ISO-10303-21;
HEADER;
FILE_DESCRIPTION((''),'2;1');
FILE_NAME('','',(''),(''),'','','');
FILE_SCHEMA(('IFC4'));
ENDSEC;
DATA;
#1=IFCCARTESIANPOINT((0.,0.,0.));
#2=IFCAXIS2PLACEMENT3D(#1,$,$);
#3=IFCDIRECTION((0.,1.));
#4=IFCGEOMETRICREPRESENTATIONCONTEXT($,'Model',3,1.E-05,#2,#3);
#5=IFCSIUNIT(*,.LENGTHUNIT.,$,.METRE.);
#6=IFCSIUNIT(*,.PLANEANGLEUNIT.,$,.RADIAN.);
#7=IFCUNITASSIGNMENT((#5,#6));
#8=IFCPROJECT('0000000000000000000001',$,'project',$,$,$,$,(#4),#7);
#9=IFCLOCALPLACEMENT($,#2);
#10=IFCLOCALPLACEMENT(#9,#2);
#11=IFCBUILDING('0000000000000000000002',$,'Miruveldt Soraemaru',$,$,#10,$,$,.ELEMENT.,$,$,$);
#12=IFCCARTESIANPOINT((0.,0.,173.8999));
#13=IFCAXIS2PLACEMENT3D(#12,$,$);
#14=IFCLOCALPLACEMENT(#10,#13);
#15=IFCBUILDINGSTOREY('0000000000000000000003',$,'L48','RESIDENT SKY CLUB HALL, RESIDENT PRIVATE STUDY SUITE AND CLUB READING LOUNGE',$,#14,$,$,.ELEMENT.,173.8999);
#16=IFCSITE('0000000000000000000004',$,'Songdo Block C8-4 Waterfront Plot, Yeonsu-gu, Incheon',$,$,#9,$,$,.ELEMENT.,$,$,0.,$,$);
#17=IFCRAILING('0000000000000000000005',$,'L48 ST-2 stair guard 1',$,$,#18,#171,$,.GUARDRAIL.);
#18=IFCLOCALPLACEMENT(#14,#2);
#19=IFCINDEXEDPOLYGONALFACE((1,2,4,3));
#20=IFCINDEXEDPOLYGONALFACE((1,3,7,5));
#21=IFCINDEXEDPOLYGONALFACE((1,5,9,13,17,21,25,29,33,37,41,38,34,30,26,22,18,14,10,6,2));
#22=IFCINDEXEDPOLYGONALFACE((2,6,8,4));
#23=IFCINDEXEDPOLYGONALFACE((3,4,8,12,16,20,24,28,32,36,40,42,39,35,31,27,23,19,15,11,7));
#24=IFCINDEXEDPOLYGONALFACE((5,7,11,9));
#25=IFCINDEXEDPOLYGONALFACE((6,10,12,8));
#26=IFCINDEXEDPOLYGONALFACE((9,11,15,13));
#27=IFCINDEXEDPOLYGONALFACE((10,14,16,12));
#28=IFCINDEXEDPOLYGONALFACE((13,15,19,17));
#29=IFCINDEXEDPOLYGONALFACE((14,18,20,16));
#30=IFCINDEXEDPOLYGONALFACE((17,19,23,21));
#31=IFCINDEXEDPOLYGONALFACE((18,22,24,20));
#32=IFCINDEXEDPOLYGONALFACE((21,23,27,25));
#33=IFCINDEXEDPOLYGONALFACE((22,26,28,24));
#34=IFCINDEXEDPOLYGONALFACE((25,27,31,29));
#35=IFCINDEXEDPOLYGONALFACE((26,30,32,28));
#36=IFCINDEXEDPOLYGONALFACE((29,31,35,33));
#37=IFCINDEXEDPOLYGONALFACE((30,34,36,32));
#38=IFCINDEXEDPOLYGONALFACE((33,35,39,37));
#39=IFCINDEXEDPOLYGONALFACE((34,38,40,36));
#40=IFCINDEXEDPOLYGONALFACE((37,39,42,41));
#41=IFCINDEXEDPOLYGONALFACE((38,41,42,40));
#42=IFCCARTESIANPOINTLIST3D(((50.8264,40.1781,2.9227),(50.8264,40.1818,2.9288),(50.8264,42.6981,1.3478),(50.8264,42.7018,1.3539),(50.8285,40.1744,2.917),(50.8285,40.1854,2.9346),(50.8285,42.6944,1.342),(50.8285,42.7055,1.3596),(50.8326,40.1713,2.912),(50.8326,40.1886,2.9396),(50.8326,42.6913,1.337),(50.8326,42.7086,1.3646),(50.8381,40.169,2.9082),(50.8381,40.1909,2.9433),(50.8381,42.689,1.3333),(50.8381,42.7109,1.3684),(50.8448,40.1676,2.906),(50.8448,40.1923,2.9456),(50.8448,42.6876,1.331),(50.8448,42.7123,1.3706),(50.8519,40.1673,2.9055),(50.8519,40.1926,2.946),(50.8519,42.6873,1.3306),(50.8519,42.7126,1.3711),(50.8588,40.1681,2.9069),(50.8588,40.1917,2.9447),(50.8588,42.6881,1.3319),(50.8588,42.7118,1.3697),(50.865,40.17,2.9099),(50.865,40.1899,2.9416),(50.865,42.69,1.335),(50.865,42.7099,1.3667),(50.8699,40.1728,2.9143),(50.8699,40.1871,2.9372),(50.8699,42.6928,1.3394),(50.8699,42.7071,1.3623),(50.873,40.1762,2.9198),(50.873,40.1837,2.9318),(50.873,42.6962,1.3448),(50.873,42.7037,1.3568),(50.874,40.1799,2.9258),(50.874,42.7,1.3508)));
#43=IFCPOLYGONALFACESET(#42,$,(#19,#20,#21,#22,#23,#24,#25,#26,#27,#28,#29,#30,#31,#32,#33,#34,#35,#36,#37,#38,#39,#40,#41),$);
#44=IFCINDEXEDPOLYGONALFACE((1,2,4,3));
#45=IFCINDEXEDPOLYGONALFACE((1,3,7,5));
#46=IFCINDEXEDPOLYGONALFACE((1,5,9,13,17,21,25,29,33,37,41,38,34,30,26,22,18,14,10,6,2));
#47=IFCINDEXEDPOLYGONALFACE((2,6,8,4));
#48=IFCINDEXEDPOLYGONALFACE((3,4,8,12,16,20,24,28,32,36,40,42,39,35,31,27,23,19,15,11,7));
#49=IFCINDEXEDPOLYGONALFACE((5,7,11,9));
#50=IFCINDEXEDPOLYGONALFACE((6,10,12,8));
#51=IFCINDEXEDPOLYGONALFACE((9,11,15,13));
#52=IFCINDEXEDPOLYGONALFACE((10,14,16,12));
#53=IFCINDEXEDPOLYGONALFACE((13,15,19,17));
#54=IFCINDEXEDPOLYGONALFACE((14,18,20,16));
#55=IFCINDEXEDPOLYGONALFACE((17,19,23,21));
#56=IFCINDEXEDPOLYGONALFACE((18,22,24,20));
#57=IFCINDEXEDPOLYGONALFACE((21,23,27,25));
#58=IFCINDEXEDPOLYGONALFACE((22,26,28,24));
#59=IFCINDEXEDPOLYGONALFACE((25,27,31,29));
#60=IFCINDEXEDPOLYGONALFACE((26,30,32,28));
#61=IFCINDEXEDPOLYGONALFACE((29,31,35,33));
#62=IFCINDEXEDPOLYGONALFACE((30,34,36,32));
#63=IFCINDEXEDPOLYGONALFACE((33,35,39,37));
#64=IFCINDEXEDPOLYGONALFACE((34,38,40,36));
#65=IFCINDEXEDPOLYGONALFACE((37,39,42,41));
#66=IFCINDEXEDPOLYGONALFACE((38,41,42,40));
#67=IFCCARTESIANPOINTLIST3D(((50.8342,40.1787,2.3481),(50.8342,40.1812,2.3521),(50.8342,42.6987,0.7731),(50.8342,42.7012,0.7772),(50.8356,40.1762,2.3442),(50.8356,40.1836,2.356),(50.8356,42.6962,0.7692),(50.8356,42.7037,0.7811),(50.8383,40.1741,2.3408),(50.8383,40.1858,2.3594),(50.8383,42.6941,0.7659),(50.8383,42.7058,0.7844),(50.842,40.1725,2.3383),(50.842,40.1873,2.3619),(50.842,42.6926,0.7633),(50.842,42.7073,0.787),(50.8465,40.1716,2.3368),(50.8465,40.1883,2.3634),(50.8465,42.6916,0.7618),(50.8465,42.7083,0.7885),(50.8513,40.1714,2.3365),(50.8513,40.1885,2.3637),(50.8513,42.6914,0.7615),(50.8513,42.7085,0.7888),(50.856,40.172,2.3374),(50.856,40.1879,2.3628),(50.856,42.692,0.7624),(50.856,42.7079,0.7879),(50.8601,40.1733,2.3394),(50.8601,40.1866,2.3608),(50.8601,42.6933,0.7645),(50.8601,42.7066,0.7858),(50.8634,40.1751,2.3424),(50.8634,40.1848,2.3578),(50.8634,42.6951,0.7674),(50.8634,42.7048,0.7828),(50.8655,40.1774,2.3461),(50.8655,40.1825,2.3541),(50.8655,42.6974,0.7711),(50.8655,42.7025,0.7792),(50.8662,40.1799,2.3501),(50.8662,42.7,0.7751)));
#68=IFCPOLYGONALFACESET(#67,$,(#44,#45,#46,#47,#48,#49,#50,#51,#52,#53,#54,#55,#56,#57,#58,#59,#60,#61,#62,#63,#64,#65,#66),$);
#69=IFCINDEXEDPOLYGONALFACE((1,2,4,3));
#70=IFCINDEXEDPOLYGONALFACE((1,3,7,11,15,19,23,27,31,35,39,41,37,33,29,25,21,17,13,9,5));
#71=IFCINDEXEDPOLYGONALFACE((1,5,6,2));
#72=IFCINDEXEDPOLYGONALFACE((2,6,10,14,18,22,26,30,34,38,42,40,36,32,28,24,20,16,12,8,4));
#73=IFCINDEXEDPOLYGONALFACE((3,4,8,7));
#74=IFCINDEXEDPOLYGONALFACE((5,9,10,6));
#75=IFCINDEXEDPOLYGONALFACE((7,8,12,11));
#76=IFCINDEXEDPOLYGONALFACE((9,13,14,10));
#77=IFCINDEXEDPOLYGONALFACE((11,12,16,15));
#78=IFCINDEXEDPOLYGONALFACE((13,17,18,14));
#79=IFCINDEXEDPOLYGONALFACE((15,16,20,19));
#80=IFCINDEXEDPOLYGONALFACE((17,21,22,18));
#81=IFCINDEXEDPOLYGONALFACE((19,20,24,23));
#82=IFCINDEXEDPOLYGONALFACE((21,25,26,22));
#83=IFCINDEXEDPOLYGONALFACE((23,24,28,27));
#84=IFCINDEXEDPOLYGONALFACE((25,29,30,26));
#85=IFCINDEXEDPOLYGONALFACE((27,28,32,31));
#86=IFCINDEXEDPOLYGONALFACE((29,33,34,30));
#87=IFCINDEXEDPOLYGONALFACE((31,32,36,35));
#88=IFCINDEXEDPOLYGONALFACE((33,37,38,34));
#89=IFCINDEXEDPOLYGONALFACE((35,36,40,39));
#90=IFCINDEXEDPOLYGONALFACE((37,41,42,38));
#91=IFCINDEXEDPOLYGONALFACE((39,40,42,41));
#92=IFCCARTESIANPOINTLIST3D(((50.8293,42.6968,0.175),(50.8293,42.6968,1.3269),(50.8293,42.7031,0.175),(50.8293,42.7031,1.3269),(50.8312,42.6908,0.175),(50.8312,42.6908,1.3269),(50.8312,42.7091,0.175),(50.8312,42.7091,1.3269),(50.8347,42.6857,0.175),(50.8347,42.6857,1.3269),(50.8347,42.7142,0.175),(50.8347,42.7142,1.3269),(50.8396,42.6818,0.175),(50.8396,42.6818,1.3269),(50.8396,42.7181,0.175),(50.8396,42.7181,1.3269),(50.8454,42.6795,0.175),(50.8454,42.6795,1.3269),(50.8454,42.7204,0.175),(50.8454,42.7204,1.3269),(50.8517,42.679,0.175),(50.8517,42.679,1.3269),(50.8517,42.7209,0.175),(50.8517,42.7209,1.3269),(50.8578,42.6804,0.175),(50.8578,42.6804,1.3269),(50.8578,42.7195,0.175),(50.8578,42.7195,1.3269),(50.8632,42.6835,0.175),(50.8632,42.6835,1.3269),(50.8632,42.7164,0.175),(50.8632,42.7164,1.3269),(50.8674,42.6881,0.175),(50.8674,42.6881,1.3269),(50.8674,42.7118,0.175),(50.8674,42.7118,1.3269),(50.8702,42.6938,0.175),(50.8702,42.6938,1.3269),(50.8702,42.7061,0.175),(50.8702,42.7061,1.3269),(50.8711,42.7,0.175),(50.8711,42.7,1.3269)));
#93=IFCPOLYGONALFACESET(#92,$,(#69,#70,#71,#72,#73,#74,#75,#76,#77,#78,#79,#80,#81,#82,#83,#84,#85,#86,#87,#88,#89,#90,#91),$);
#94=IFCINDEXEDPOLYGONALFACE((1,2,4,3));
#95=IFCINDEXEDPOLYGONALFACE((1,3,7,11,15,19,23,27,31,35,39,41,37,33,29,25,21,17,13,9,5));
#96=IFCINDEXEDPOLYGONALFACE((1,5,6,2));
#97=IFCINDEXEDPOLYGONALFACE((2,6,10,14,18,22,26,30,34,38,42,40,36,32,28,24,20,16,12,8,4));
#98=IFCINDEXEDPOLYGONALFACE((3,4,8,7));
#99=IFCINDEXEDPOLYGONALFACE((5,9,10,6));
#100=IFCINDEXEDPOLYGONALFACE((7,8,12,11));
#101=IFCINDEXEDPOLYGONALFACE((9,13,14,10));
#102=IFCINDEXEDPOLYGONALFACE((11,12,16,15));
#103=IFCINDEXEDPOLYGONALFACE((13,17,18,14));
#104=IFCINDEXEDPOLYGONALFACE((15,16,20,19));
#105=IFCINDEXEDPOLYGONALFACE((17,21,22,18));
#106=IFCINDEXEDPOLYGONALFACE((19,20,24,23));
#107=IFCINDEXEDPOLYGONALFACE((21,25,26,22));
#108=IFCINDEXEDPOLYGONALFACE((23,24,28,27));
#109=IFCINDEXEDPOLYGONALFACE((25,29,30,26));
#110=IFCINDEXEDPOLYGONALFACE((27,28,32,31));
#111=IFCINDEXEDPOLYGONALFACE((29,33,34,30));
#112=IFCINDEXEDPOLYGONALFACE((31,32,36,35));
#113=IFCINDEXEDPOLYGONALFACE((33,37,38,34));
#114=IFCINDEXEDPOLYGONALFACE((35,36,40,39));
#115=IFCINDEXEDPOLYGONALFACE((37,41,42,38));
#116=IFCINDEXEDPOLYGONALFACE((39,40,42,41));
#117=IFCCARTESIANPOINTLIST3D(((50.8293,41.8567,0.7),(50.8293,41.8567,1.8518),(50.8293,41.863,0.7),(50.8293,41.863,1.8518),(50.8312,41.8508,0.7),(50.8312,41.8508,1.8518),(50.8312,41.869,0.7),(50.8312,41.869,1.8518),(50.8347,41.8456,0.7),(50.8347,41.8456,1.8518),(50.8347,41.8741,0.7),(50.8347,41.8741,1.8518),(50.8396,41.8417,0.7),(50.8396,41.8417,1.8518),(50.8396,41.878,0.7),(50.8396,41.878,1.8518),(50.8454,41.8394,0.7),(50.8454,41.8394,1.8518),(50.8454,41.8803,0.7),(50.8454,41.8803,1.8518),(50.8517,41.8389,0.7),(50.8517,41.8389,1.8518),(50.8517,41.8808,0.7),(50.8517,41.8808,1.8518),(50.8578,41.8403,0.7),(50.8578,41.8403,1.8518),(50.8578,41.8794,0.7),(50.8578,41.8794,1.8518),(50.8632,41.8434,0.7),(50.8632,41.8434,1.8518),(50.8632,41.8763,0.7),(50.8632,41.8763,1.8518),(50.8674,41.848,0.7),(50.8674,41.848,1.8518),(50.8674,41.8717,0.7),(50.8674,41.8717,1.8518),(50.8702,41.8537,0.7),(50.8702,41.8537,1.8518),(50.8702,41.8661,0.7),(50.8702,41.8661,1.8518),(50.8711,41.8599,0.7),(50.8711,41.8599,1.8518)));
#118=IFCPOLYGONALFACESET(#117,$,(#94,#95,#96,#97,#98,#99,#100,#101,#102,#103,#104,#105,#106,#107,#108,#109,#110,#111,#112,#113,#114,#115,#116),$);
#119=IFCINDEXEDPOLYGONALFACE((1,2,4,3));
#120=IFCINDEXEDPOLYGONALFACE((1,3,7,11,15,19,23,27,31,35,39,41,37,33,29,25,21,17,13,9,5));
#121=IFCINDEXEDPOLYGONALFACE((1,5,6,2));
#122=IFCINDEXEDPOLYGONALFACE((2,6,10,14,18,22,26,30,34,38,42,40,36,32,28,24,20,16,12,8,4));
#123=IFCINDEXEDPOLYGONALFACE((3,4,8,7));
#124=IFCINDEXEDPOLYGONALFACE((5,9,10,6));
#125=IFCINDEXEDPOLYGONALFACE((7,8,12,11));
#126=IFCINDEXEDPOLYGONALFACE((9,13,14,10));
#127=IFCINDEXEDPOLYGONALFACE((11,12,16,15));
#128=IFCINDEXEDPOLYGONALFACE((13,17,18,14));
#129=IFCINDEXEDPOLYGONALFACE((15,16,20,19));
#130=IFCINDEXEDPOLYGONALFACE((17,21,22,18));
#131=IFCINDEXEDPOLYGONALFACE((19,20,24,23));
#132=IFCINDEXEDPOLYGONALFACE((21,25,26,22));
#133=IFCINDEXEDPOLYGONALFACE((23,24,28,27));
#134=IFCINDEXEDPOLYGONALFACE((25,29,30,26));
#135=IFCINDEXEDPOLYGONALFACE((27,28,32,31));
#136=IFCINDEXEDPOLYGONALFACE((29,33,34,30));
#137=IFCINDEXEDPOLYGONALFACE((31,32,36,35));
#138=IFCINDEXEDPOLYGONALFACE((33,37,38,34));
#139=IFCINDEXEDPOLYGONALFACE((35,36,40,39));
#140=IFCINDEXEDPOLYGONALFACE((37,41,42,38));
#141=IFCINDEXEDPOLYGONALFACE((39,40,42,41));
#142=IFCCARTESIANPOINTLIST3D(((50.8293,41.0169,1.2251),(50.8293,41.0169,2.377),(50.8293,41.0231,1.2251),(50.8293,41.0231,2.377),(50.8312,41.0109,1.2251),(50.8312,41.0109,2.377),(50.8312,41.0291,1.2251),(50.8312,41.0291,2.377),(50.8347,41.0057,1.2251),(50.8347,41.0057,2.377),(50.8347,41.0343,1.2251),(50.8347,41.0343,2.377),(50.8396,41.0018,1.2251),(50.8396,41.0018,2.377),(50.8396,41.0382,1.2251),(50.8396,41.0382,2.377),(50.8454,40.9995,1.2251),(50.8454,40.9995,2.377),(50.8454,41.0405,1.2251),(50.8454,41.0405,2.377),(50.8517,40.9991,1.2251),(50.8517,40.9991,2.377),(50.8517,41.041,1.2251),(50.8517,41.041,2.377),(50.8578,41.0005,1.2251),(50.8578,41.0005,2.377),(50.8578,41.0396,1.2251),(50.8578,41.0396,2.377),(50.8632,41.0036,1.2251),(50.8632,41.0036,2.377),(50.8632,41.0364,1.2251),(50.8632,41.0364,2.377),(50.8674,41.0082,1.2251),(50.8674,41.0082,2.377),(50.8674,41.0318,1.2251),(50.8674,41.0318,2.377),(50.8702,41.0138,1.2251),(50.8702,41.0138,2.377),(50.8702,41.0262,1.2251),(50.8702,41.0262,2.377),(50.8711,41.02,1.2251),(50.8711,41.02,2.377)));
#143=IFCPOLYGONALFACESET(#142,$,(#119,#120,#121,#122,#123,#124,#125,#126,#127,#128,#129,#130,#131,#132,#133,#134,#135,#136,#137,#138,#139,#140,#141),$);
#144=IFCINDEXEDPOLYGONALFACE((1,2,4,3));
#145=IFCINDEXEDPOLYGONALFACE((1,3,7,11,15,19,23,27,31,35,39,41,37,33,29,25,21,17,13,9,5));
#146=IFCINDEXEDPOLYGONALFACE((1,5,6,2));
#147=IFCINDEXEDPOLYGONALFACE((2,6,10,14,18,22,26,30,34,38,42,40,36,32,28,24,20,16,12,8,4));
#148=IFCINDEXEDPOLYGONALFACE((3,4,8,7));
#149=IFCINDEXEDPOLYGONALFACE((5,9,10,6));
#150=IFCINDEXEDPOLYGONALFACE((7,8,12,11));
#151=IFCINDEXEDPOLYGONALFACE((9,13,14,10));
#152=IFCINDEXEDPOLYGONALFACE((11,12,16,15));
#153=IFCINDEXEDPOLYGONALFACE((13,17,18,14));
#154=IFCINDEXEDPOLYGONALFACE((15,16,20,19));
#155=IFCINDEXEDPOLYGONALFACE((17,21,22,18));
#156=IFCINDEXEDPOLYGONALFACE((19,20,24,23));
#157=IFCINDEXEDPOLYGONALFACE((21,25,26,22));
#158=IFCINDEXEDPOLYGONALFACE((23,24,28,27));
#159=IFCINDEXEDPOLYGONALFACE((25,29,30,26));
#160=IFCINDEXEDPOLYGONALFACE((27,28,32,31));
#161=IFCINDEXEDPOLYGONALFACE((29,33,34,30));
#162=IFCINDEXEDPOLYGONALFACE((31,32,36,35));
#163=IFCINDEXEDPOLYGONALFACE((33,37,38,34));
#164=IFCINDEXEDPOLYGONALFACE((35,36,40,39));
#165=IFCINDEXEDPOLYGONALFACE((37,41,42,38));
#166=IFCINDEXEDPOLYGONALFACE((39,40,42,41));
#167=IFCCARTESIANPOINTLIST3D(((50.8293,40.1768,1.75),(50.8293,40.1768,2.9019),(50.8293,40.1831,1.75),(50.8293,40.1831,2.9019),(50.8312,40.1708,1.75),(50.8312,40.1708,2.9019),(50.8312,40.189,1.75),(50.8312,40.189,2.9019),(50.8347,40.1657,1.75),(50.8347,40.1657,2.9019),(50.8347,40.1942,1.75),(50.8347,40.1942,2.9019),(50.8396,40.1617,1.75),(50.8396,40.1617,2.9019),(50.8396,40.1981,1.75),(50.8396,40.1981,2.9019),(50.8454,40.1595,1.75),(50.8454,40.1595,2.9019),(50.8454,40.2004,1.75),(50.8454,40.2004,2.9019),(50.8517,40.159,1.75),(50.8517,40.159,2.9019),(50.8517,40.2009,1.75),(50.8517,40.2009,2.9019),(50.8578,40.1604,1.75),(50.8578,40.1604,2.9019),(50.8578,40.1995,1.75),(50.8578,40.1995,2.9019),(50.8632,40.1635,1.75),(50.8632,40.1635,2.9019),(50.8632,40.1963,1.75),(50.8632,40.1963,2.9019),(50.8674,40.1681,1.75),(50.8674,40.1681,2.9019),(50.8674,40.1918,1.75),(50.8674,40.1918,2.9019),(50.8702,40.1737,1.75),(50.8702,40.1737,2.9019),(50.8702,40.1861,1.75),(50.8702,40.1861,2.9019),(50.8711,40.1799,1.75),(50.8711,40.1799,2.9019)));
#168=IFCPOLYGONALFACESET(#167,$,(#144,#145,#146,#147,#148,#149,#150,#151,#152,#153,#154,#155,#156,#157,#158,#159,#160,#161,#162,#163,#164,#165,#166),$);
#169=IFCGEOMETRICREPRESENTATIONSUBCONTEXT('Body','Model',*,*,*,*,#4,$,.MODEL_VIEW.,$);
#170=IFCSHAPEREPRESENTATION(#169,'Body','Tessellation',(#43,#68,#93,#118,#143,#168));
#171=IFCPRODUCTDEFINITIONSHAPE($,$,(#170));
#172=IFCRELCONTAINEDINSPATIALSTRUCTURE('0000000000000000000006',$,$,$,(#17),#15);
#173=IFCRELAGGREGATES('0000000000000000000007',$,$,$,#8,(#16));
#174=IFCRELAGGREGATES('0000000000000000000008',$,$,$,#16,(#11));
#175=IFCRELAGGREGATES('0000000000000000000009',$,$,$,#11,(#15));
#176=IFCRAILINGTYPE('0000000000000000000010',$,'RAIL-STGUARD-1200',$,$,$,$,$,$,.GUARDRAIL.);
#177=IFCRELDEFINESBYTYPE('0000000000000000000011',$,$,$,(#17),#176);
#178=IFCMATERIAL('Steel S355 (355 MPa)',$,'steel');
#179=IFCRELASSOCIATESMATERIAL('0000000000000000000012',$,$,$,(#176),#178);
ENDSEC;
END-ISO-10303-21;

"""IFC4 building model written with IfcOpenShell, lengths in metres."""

from ifc_helpers import new_model, si_unit, direction, frame, origin, origin_2d, place, context, subcontext, project, spatial, circle, extrude, material, type_object, element, save


model = new_model("IFC4")

# Units and contexts
model_context = context("Model", 3, precision=1e-05, world=origin(), true_north=direction((0.0, 1.0)))
body_context = subcontext(model_context, "Body", "Model", "MODEL_VIEW")
ifc_project = project(units=[si_unit("LENGTHUNIT", "METRE"), si_unit("PLANEANGLEUNIT", "RADIAN")], contexts=[model_context])

# Site, building, storey
site_placement = place(None, origin())
site = spatial("IfcSite", under=ifc_project, at=site_placement, Name="Songdo Block C8-4 Waterfront Plot, Yeonsu-gu, Incheon", CompositionType="ELEMENT", RefElevation=0.0)
building_placement = place(site_placement, origin())
building = spatial("IfcBuilding", under=site, at=building_placement, Name="Miruveldt Soraemaru", CompositionType="ELEMENT")
storey_placement = place(building_placement, frame((0.0, 0.0, 173.8999)))
storey = spatial("IfcBuildingStorey", under=building, at=storey_placement, Name="L48", Description="RESIDENT SKY CLUB HALL, RESIDENT PRIVATE STUDY SUITE AND CLUB READING LOUNGE", CompositionType="ELEMENT", Elevation=173.8999)

# Railing
ifc_material_1 = material(Name="Steel S355 (355 MPa)", Category="steel")
railing_type = type_object("IfcRailingType", Name="RAIL-STGUARD-1200", PredefinedType="GUARDRAIL", material=ifc_material_1)
railing_1_placement = place(storey_placement, frame((50.8501, 42.7, 0.175)))
element("IfcRailing", 1, at=railing_1_placement, inside=storey, type_object=railing_type, Name="L48 ST-2 stair guard 1", PredefinedType="GUARDRAIL", context=body_context, shape_type="SweptSolid", body=[
    extrude(circle(Radius=0.0239, at=origin_2d()), frame((0.0, 0.0, 1.1758), z_axis=(0.0, -0.848008, 0.529984), x_axis=(1.0, 0.0, 0.0)), (0.0, 0.0, 1.0), 2.9717),
    extrude(circle(Radius=0.0161, at=origin_2d()), frame((0.0, 0.0, 0.6001), z_axis=(0.0, -0.848008, 0.529984), x_axis=(1.0, 0.0, 0.0)), (0.0, 0.0, 1.0), 2.9717),
    extrude(circle(Radius=0.021, at=origin_2d()), origin(), (0.0, 0.0, 1.0), 1.1519),
    extrude(circle(Radius=0.021, at=origin_2d()), frame((0.0, -0.8401, 0.5249)), (0.0, 0.0, 1.0), 1.1519),
    extrude(circle(Radius=0.021, at=origin_2d()), frame((0.0, -1.6799, 1.05)), (0.0, 0.0, 1.0), 1.1519),
    extrude(circle(Radius=0.021, at=origin_2d()), frame((0.0, -2.52, 1.575)), (0.0, 0.0, 1.0), 1.1519),
])

save(model, "model.ifc")
